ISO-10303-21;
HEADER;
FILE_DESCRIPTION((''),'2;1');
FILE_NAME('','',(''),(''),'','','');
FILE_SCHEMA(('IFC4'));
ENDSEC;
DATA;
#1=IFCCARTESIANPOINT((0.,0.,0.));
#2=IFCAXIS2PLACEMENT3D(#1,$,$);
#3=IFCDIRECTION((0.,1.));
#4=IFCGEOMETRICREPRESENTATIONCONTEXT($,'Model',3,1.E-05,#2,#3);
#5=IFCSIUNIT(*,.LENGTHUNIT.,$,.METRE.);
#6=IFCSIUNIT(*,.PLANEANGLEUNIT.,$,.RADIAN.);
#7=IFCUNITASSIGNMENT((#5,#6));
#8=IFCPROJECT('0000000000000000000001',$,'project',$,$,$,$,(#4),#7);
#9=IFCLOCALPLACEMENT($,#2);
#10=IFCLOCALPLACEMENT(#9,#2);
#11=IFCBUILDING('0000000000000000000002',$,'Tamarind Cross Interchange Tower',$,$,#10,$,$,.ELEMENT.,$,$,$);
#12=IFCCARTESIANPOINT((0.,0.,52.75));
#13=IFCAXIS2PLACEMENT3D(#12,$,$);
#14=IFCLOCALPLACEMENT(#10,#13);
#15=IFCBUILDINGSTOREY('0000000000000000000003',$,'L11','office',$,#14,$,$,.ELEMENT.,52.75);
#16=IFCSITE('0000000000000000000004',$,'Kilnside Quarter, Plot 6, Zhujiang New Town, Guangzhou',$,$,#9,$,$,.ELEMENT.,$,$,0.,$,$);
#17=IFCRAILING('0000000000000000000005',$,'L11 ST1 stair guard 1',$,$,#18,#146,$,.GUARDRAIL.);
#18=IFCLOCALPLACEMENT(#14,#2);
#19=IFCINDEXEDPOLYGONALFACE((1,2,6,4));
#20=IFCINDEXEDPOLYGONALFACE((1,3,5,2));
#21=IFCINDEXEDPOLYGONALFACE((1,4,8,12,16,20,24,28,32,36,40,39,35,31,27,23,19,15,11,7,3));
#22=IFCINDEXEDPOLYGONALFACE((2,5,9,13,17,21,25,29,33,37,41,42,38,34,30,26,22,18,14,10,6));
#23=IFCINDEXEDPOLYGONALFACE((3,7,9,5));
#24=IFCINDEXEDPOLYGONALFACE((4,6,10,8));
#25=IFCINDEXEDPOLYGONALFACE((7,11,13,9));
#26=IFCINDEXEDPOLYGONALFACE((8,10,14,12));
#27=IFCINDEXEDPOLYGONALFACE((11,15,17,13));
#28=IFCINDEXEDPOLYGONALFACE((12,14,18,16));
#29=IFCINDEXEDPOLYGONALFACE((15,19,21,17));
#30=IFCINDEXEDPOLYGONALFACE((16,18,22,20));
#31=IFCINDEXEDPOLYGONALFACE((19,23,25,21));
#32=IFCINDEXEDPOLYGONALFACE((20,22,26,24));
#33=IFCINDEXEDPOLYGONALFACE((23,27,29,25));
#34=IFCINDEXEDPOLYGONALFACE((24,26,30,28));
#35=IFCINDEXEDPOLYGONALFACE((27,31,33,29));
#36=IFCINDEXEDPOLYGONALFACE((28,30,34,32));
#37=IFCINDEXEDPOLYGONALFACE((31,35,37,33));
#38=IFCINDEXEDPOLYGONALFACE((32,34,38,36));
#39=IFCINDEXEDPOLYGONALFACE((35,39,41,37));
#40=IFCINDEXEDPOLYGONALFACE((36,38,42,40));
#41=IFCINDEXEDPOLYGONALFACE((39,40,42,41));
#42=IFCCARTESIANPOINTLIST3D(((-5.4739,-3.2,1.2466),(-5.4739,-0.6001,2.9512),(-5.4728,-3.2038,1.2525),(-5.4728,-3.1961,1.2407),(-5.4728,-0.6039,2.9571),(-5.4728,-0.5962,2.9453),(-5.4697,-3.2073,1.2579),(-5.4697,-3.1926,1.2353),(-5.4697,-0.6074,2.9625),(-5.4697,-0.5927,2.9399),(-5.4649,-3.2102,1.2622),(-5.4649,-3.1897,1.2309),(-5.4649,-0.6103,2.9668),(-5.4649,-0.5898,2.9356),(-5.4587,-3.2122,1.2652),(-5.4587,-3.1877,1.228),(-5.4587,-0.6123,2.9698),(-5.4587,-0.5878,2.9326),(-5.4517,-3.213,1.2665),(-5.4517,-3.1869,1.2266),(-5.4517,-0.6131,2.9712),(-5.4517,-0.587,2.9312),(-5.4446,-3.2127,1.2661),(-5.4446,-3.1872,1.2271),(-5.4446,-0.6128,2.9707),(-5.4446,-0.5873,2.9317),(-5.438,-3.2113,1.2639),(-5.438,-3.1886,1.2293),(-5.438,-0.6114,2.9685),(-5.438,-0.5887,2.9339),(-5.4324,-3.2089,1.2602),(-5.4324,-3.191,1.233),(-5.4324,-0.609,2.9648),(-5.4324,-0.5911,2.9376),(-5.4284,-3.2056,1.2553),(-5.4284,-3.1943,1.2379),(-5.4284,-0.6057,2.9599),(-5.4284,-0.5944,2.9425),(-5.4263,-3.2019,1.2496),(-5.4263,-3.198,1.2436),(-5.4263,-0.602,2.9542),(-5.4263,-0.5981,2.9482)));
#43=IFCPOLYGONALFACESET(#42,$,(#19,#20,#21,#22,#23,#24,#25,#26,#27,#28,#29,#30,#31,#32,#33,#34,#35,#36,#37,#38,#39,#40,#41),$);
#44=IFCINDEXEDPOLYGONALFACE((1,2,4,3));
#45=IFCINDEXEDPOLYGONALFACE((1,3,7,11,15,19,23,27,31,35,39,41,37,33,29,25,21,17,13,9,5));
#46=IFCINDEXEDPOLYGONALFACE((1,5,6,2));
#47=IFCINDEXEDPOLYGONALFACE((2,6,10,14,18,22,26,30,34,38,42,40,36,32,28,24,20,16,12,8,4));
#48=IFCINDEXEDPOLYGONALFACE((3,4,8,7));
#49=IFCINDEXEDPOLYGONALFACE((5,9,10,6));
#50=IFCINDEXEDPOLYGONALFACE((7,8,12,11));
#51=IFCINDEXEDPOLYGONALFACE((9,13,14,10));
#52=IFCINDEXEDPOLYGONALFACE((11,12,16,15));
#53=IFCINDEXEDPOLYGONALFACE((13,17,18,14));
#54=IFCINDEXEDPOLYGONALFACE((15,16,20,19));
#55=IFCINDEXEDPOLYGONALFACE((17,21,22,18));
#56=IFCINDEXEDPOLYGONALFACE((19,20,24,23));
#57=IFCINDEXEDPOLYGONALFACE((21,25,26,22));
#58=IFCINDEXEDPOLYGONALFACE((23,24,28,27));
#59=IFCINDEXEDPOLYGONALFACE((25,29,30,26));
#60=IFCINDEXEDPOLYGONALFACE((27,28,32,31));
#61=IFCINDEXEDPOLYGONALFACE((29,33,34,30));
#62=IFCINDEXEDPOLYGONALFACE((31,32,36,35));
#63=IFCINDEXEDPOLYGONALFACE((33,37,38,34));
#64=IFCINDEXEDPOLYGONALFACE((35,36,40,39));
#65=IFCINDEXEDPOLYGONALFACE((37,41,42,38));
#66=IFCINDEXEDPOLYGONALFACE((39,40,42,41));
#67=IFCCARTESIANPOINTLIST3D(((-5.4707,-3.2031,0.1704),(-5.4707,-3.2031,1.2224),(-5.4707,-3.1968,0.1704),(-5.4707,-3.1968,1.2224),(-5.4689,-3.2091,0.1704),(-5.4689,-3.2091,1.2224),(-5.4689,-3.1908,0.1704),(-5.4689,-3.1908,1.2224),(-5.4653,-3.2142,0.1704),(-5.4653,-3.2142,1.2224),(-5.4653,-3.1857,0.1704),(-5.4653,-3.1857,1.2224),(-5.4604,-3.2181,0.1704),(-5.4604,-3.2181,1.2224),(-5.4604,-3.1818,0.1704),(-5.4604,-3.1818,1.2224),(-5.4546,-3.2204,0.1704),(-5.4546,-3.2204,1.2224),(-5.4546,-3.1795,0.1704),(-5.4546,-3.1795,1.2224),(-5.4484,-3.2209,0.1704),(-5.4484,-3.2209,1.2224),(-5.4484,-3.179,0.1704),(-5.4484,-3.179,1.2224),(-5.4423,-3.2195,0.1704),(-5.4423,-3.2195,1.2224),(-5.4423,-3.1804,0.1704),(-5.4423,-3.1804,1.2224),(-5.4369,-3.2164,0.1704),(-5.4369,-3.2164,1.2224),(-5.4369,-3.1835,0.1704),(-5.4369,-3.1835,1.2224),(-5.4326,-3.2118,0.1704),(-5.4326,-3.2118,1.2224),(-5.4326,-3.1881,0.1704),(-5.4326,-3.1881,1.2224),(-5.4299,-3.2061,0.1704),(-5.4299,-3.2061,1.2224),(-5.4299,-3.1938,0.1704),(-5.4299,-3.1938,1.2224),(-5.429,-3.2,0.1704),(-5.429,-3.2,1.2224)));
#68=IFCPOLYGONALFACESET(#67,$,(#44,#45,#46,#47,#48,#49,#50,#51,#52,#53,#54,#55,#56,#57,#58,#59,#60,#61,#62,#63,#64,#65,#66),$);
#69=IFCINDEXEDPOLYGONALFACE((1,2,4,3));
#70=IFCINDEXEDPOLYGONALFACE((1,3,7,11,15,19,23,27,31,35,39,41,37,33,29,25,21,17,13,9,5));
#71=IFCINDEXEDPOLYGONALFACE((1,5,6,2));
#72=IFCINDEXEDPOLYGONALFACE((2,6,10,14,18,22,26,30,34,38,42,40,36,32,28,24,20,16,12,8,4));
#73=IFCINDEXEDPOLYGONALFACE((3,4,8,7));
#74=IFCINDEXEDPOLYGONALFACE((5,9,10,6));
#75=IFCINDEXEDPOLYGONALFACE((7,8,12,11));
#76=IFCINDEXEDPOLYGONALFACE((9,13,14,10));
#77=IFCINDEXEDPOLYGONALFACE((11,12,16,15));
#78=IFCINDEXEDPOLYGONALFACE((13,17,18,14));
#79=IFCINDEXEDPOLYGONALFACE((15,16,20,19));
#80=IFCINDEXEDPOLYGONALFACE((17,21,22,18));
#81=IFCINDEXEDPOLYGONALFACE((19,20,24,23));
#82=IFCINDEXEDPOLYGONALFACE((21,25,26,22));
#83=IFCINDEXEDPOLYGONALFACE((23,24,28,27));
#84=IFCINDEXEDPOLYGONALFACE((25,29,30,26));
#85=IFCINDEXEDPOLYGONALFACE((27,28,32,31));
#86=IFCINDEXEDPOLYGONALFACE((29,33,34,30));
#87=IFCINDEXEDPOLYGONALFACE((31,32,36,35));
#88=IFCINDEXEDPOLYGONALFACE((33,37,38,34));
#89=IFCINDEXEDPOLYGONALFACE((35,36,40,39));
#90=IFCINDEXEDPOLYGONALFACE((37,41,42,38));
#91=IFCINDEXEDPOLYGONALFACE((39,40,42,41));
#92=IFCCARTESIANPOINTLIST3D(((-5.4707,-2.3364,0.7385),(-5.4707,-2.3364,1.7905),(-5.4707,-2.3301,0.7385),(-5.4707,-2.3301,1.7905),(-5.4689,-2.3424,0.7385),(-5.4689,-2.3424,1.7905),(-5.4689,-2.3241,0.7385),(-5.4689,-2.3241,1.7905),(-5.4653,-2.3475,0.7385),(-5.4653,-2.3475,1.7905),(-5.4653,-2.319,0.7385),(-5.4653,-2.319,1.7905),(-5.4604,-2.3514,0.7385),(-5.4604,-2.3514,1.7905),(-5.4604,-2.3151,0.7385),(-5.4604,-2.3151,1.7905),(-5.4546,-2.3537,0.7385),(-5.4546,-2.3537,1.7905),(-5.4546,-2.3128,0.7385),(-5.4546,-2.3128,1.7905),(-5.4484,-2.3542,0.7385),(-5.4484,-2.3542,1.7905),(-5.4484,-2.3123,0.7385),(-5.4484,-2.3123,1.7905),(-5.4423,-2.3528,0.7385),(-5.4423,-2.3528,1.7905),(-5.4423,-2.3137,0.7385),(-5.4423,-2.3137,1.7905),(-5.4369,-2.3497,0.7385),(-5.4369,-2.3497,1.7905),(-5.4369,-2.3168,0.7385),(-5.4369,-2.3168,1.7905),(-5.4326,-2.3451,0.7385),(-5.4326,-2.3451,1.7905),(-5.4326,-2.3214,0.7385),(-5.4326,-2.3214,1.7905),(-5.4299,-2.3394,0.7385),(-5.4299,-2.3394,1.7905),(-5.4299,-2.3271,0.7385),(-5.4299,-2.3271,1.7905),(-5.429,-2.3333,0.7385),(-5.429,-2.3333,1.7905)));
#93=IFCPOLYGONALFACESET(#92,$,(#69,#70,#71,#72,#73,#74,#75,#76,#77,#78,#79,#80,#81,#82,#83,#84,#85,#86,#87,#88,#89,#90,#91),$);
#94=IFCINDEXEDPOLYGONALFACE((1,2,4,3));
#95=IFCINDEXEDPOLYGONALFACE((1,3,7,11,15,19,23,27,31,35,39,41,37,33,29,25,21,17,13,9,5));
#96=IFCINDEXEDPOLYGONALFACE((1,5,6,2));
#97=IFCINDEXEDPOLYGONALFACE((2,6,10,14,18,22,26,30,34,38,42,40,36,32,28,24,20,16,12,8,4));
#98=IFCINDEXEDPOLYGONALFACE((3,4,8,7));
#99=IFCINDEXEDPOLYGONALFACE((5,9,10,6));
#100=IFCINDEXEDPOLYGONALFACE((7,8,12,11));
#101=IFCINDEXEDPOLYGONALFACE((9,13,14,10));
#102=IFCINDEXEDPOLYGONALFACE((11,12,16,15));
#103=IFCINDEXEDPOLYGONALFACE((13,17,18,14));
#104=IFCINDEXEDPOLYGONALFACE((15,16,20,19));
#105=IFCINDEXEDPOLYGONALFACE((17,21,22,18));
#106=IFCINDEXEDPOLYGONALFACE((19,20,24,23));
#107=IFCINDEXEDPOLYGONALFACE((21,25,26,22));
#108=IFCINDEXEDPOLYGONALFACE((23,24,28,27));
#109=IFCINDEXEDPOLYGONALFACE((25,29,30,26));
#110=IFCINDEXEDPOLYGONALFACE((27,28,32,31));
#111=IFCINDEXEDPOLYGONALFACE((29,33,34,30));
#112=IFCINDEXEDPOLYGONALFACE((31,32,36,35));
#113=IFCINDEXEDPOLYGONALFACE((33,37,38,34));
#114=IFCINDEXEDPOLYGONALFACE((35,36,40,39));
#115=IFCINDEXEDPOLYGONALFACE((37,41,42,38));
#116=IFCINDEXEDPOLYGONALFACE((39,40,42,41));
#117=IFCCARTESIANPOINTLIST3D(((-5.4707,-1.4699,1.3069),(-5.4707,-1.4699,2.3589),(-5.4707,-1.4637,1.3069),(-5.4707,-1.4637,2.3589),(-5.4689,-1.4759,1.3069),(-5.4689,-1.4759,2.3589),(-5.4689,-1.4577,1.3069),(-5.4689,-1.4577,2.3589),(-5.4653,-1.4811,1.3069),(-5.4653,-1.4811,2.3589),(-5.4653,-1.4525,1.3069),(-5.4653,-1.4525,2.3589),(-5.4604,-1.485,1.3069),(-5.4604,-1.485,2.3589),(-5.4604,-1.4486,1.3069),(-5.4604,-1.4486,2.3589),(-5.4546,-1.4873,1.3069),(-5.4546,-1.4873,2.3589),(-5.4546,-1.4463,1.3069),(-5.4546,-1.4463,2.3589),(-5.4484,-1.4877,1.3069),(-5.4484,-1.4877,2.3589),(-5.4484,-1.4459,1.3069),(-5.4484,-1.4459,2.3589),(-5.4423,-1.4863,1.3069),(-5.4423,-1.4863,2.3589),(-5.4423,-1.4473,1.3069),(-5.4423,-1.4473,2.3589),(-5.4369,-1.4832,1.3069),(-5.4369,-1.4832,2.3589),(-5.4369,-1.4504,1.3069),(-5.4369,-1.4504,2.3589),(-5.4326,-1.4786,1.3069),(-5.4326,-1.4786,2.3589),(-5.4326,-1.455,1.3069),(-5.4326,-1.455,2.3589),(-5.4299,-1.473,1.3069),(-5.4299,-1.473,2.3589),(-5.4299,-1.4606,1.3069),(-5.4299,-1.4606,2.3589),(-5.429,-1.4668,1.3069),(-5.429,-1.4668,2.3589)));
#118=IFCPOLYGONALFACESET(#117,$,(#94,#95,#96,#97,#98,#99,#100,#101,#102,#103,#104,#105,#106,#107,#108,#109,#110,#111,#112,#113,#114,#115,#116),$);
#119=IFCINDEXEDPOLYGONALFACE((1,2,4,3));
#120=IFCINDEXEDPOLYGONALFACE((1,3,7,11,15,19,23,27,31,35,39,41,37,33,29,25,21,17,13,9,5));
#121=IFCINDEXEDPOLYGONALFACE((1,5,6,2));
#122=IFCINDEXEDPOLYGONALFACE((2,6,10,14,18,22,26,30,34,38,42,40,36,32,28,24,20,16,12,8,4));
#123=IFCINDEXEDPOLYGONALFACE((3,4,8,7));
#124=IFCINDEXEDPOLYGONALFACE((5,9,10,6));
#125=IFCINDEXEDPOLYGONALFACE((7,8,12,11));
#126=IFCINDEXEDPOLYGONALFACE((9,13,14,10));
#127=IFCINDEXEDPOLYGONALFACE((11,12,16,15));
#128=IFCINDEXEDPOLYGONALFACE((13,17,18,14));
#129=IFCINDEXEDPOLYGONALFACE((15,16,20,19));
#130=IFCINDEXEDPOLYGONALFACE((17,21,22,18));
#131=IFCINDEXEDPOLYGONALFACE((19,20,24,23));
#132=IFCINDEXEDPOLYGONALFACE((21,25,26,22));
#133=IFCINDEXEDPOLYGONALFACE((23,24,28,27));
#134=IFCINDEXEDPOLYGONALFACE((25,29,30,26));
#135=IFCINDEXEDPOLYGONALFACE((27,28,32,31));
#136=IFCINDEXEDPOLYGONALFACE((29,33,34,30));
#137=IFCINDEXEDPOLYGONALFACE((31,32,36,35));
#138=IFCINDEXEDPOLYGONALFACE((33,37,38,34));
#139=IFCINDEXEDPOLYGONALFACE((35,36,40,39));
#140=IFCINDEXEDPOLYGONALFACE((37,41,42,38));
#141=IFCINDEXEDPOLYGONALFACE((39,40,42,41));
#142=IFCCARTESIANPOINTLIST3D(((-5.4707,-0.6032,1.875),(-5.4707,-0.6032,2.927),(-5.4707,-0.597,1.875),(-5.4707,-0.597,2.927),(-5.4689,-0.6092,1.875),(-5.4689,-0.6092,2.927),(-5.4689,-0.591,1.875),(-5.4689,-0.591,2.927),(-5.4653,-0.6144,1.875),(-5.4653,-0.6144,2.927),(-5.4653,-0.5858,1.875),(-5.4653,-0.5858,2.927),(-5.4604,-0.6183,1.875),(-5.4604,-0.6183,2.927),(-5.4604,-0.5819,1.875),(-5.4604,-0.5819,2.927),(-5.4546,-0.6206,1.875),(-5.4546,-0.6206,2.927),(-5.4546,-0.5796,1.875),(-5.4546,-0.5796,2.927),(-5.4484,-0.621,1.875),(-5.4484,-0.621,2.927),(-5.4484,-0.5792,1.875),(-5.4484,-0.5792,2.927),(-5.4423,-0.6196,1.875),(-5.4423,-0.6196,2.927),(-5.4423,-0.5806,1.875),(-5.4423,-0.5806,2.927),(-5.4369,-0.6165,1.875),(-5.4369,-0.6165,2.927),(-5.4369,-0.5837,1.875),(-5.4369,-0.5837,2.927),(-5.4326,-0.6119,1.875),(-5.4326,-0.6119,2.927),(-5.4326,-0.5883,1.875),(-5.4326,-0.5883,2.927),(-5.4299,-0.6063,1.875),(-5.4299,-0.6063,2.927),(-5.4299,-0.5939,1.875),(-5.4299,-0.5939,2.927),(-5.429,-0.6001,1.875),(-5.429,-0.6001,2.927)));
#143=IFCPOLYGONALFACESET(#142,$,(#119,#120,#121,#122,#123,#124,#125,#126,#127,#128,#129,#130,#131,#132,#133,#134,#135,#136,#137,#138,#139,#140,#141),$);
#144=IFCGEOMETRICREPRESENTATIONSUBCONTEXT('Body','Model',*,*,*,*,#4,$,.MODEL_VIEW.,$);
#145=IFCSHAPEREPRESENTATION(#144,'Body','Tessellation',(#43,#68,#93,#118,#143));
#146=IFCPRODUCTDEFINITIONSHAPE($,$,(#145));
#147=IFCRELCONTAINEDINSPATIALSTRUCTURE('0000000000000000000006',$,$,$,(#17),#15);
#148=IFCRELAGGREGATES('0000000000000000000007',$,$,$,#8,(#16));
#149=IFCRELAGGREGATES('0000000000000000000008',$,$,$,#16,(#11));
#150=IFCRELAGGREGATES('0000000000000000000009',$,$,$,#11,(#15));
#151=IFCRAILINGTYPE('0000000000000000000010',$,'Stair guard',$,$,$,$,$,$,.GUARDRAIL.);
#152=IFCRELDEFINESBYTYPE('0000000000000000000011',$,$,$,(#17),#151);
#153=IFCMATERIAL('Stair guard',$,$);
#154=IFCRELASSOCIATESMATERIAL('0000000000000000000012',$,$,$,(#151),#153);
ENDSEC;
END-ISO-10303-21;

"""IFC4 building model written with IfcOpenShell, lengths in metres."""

from ifc_helpers import new_model, si_unit, direction, frame, origin, origin_2d, place, context, subcontext, project, spatial, circle, extrude, material, type_object, element, save


model = new_model("IFC4")

# Units and contexts
model_context = context("Model", 3, precision=1e-05, world=origin(), true_north=direction((0.0, 1.0)))
body_context = subcontext(model_context, "Body", "Model", "MODEL_VIEW")
ifc_project = project(units=[si_unit("LENGTHUNIT", "METRE"), si_unit("PLANEANGLEUNIT", "RADIAN")], contexts=[model_context])

# Site, building, storey
site_placement = place(None, origin())
site = spatial("IfcSite", under=ifc_project, at=site_placement, Name="Kilnside Quarter, Plot 6, Zhujiang New Town, Guangzhou", CompositionType="ELEMENT", RefElevation=0.0)
building_placement = place(site_placement, origin())
building = spatial("IfcBuilding", under=site, at=building_placement, Name="Tamarind Cross Interchange Tower", CompositionType="ELEMENT")
storey_placement = place(building_placement, frame((0.0, 0.0, 52.75)))
storey = spatial("IfcBuildingStorey", under=building, at=storey_placement, Name="L11", Description="office", CompositionType="ELEMENT", Elevation=52.75)

# Railing
ifc_material_1 = material(Name="Stair guard")
railing_type_1 = type_object("IfcRailingType", Name="Stair guard", PredefinedType="GUARDRAIL", material=ifc_material_1)
railing_1_placement = place(storey_placement, frame((-5.45, -3.2, 0.1704)))
element("IfcRailing", 1, at=railing_1_placement, inside=storey, type_object=railing_type_1, Name="L11 ST1 stair guard 1", PredefinedType="GUARDRAIL", context=body_context, shape_type="SweptSolid", body=[
    extrude(circle(Radius=0.0239, at=origin_2d()), frame((0.0, 0.0, 1.0762), z_axis=(0.0, 0.836279, 0.548305), x_axis=(-1.0, 0.0, 0.0)), (0.0, 0.0, 1.0), 3.1089),
    extrude(circle(Radius=0.021, at=origin_2d()), origin(), (0.0, 0.0, 1.0), 1.052),
    extrude(circle(Radius=0.021, at=origin_2d()), frame((0.0, 0.8667, 0.5681)), (0.0, 0.0, 1.0), 1.052),
    extrude(circle(Radius=0.021, at=origin_2d()), frame((0.0, 1.7332, 1.1365)), (0.0, 0.0, 1.0), 1.052),
    extrude(circle(Radius=0.021, at=origin_2d()), frame((0.0, 2.5999, 1.7046)), (0.0, 0.0, 1.0), 1.052),
])

save(model, "model.ifc")
